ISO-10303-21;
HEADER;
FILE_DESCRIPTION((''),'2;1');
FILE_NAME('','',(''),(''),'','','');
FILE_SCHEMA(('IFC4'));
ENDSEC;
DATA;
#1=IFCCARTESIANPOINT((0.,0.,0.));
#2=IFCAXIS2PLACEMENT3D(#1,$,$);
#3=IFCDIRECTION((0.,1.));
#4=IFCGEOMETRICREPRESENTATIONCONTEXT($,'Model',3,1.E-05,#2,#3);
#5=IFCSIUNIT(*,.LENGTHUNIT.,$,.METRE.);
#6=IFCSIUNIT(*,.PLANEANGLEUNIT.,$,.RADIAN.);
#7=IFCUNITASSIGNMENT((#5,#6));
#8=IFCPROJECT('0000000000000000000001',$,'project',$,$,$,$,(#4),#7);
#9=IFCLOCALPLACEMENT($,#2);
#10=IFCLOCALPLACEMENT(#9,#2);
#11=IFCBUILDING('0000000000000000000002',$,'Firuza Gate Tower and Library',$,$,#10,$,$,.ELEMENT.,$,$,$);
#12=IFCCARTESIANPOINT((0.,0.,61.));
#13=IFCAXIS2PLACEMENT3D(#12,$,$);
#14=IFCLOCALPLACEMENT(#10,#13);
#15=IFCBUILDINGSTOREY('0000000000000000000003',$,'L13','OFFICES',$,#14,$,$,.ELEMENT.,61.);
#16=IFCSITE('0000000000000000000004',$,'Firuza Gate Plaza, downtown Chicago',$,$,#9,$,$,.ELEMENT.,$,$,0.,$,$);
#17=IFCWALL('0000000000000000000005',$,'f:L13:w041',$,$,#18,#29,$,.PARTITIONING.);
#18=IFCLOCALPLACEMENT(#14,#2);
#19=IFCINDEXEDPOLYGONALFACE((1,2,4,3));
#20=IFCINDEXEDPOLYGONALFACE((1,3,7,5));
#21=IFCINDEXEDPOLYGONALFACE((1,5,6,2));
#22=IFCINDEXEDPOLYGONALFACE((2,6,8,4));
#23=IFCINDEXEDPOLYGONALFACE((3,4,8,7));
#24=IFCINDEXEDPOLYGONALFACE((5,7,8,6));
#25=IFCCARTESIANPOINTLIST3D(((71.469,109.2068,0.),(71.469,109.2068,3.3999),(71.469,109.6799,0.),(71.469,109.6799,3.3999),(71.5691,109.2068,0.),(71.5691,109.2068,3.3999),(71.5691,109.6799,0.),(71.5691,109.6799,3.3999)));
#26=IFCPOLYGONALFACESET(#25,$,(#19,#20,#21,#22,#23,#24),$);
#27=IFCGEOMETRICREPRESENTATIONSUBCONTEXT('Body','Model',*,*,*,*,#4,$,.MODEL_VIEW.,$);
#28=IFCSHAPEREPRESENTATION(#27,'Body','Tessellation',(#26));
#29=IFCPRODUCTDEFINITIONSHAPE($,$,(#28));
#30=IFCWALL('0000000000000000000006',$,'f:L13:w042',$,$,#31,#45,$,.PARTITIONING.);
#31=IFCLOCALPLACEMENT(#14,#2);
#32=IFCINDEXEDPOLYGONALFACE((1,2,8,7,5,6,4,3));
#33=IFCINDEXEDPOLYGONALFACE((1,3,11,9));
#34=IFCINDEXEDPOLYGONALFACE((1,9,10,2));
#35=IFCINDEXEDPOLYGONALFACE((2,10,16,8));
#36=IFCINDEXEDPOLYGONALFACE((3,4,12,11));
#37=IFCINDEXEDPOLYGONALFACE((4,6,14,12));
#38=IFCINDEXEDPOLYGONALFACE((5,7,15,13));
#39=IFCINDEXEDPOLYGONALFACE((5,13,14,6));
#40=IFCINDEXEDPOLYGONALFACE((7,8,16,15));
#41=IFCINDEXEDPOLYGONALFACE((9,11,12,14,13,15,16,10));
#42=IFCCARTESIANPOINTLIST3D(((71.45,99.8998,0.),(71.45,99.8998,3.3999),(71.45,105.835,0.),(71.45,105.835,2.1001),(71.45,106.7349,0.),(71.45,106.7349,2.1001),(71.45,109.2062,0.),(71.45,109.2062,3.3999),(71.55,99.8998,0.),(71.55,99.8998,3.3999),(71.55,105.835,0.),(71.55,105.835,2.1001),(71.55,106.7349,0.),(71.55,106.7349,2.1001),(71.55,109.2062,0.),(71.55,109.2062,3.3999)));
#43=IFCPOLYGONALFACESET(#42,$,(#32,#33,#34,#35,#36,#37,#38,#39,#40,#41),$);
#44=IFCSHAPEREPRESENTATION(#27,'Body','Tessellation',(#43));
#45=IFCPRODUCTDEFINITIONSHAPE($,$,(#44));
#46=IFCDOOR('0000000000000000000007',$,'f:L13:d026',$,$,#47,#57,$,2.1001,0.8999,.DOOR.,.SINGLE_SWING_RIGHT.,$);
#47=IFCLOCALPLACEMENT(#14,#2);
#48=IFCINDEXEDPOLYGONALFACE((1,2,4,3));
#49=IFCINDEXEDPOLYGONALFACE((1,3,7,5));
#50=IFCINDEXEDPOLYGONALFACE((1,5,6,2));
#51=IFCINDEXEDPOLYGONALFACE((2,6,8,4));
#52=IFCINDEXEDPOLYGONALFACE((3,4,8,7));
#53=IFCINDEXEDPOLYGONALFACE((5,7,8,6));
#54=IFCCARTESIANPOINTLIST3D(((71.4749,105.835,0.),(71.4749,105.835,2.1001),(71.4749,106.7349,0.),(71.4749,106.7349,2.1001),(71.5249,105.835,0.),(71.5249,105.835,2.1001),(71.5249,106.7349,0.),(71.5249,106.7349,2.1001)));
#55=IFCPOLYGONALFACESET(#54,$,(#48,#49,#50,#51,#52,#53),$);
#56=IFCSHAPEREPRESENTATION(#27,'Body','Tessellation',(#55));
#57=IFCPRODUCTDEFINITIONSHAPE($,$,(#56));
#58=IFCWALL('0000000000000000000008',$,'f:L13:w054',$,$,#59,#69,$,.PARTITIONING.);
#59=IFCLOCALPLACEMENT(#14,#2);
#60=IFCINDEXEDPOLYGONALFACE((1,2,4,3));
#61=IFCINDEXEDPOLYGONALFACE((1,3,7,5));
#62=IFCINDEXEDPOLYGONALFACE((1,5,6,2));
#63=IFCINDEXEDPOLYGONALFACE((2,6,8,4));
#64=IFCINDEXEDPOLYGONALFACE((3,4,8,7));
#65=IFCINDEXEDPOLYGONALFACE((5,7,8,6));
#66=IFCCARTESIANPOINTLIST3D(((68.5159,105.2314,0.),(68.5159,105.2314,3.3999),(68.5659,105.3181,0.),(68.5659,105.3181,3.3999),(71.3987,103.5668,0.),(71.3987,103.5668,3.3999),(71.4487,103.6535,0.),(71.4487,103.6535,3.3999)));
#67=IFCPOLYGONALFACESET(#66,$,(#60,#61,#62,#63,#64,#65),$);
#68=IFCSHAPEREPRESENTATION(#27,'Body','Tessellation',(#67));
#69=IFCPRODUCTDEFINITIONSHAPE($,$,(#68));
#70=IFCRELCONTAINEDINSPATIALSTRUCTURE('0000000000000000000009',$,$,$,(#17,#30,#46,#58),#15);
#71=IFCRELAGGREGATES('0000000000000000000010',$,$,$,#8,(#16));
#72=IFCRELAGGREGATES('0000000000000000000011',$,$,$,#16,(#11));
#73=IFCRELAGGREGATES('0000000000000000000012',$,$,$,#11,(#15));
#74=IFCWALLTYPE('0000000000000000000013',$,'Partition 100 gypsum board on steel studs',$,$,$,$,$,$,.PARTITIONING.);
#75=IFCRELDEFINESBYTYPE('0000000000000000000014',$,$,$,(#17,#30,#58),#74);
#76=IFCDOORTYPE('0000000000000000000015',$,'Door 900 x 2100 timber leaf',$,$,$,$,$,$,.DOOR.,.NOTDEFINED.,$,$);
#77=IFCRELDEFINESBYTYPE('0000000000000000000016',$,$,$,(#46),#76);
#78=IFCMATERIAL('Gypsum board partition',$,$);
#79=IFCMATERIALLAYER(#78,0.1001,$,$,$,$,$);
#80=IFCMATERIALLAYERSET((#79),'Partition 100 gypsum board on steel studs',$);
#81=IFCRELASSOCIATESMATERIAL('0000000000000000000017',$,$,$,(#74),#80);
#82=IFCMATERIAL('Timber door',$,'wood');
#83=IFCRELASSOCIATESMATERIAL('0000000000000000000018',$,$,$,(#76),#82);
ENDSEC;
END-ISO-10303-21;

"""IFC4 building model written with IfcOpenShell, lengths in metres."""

from ifc_helpers import new_model, si_unit, direction, frame, frame_2d, origin, place, context, subcontext, project, spatial, rectangle, extrude, material, layer, layer_set, type_object, element, fill, save


model = new_model("IFC4")

# Units and contexts
model_context = context("Model", 3, precision=1e-05, world=origin(), true_north=direction((0.0, 1.0)))
body_context = subcontext(model_context, "Body", "Model", "MODEL_VIEW")
ifc_project = project(units=[si_unit("LENGTHUNIT", "METRE"), si_unit("PLANEANGLEUNIT", "RADIAN")], contexts=[model_context])

# Site, building, storey
site_placement = place(None, origin())
site = spatial("IfcSite", under=ifc_project, at=site_placement, Name="Firuza Gate Plaza, downtown Chicago", CompositionType="ELEMENT", RefElevation=0.0)
building_placement = place(site_placement, origin())
building = spatial("IfcBuilding", under=site, at=building_placement, Name="Firuza Gate Tower and Library", CompositionType="ELEMENT")
storey_placement = place(building_placement, frame((0.0, 0.0, 61.0)))
storey = spatial("IfcBuildingStorey", under=building, at=storey_placement, Name="L13", Description="OFFICES", CompositionType="ELEMENT", Elevation=61.0)

# Shared definitions
ifc_material_1 = material(Name="Gypsum board partition")
ifc_layer_1 = layer(ifc_material_1, 0.1001)
ifc_layer_set_1 = layer_set([ifc_layer_1], Name="Partition 100 gypsum board on steel studs")
wall_type_1 = type_object("IfcWallType", Name="Partition 100 gypsum board on steel studs", PredefinedType="PARTITIONING", material=ifc_layer_set_1)
ifc_material_2 = material(Name="Timber door", Category="wood")
door_type = type_object("IfcDoorType", Name="Door 900 x 2100 timber leaf", OperationType="NOTDEFINED", PredefinedType="DOOR", material=ifc_material_2)

# Wall
wall_1_placement = place(storey_placement, frame((71.519, 109.2068, 0.0), z_axis=(0.0, 0.0, 1.0), x_axis=(0.0, 1.0, 0.0)))
element("IfcWall", 1, at=wall_1_placement, inside=storey, type_object=wall_type_1, Name="f:L13:w041", PredefinedType="PARTITIONING", context=body_context, shape_type="SweptSolid", body=[
    extrude(rectangle(XDim=0.4731, YDim=0.1001, at=frame_2d((0.2366, 0.0))), origin(), (0.0, 0.0, 1.0), 3.3999),
])

# Wall, opening, door
wall_2_placement = place(storey_placement, frame((71.5, 109.2063, 0.0), z_axis=(0.0, 0.0, 1.0), x_axis=(0.0, -1.0, 0.0)))
wall_2 = element("IfcWall", 2, at=wall_2_placement, inside=storey, type_object=wall_type_1, Name="f:L13:w042", PredefinedType="PARTITIONING", context=body_context, shape_type="SweptSolid", body=[
    extrude(rectangle(XDim=9.3064, YDim=0.1001, at=frame_2d((4.6533, 0.0))), origin(), (0.0, 0.0, 1.0), 3.3999),
])
opening_1_placement = place(wall_2_placement, frame((2.4714, 0.0, 0.0)))
opening_1 = element("IfcOpeningElement", 3, at=opening_1_placement, cuts=wall_2, PredefinedType="OPENING", context=body_context, shape_type="SweptSolid", body=[
    extrude(rectangle(XDim=0.8999, YDim=2.1001, at=frame_2d((0.45, 1.05))), frame((0.0, 0.0601, 0.0), z_axis=(0.0, -1.0, 0.0), x_axis=(1.0, 0.0, 0.0)), (0.0, 0.0, 1.0), 0.1201),
])
door_1_placement = place(opening_1_placement, origin())
door_1 = element("IfcDoor", 4, at=door_1_placement, inside=storey, type_object=door_type, Name="f:L13:d026", OperationType="SINGLE_SWING_RIGHT", OverallHeight=2.1001, OverallWidth=0.8999, PredefinedType="DOOR", context=body_context, shape_type="SweptSolid", body=[
    extrude(rectangle(XDim=0.8999, YDim=2.1001, at=frame_2d((0.45, 1.05))), frame((0.0, 0.0249, 0.0), z_axis=(0.0, -1.0, 0.0), x_axis=(1.0, 0.0, 0.0)), (0.0, 0.0, 1.0), 0.05),
])
fill(opening_1, door_1)

# Wall
wall_3_placement = place(storey_placement, frame((71.4238, 103.6101, 0.0), z_axis=(0.0, 0.0, 1.0), x_axis=(-0.866005, 0.500036, 0.0)))
element("IfcWall", 5, at=wall_3_placement, inside=storey, type_object=wall_type_1, Name="f:L13:w054", PredefinedType="PARTITIONING", context=body_context, shape_type="SweptSolid", body=[
    extrude(rectangle(XDim=3.3289, YDim=0.1001, at=frame_2d((1.6646, 0.0))), origin(), (0.0, 0.0, 1.0), 3.3999),
])

save(model, "model.ifc")
